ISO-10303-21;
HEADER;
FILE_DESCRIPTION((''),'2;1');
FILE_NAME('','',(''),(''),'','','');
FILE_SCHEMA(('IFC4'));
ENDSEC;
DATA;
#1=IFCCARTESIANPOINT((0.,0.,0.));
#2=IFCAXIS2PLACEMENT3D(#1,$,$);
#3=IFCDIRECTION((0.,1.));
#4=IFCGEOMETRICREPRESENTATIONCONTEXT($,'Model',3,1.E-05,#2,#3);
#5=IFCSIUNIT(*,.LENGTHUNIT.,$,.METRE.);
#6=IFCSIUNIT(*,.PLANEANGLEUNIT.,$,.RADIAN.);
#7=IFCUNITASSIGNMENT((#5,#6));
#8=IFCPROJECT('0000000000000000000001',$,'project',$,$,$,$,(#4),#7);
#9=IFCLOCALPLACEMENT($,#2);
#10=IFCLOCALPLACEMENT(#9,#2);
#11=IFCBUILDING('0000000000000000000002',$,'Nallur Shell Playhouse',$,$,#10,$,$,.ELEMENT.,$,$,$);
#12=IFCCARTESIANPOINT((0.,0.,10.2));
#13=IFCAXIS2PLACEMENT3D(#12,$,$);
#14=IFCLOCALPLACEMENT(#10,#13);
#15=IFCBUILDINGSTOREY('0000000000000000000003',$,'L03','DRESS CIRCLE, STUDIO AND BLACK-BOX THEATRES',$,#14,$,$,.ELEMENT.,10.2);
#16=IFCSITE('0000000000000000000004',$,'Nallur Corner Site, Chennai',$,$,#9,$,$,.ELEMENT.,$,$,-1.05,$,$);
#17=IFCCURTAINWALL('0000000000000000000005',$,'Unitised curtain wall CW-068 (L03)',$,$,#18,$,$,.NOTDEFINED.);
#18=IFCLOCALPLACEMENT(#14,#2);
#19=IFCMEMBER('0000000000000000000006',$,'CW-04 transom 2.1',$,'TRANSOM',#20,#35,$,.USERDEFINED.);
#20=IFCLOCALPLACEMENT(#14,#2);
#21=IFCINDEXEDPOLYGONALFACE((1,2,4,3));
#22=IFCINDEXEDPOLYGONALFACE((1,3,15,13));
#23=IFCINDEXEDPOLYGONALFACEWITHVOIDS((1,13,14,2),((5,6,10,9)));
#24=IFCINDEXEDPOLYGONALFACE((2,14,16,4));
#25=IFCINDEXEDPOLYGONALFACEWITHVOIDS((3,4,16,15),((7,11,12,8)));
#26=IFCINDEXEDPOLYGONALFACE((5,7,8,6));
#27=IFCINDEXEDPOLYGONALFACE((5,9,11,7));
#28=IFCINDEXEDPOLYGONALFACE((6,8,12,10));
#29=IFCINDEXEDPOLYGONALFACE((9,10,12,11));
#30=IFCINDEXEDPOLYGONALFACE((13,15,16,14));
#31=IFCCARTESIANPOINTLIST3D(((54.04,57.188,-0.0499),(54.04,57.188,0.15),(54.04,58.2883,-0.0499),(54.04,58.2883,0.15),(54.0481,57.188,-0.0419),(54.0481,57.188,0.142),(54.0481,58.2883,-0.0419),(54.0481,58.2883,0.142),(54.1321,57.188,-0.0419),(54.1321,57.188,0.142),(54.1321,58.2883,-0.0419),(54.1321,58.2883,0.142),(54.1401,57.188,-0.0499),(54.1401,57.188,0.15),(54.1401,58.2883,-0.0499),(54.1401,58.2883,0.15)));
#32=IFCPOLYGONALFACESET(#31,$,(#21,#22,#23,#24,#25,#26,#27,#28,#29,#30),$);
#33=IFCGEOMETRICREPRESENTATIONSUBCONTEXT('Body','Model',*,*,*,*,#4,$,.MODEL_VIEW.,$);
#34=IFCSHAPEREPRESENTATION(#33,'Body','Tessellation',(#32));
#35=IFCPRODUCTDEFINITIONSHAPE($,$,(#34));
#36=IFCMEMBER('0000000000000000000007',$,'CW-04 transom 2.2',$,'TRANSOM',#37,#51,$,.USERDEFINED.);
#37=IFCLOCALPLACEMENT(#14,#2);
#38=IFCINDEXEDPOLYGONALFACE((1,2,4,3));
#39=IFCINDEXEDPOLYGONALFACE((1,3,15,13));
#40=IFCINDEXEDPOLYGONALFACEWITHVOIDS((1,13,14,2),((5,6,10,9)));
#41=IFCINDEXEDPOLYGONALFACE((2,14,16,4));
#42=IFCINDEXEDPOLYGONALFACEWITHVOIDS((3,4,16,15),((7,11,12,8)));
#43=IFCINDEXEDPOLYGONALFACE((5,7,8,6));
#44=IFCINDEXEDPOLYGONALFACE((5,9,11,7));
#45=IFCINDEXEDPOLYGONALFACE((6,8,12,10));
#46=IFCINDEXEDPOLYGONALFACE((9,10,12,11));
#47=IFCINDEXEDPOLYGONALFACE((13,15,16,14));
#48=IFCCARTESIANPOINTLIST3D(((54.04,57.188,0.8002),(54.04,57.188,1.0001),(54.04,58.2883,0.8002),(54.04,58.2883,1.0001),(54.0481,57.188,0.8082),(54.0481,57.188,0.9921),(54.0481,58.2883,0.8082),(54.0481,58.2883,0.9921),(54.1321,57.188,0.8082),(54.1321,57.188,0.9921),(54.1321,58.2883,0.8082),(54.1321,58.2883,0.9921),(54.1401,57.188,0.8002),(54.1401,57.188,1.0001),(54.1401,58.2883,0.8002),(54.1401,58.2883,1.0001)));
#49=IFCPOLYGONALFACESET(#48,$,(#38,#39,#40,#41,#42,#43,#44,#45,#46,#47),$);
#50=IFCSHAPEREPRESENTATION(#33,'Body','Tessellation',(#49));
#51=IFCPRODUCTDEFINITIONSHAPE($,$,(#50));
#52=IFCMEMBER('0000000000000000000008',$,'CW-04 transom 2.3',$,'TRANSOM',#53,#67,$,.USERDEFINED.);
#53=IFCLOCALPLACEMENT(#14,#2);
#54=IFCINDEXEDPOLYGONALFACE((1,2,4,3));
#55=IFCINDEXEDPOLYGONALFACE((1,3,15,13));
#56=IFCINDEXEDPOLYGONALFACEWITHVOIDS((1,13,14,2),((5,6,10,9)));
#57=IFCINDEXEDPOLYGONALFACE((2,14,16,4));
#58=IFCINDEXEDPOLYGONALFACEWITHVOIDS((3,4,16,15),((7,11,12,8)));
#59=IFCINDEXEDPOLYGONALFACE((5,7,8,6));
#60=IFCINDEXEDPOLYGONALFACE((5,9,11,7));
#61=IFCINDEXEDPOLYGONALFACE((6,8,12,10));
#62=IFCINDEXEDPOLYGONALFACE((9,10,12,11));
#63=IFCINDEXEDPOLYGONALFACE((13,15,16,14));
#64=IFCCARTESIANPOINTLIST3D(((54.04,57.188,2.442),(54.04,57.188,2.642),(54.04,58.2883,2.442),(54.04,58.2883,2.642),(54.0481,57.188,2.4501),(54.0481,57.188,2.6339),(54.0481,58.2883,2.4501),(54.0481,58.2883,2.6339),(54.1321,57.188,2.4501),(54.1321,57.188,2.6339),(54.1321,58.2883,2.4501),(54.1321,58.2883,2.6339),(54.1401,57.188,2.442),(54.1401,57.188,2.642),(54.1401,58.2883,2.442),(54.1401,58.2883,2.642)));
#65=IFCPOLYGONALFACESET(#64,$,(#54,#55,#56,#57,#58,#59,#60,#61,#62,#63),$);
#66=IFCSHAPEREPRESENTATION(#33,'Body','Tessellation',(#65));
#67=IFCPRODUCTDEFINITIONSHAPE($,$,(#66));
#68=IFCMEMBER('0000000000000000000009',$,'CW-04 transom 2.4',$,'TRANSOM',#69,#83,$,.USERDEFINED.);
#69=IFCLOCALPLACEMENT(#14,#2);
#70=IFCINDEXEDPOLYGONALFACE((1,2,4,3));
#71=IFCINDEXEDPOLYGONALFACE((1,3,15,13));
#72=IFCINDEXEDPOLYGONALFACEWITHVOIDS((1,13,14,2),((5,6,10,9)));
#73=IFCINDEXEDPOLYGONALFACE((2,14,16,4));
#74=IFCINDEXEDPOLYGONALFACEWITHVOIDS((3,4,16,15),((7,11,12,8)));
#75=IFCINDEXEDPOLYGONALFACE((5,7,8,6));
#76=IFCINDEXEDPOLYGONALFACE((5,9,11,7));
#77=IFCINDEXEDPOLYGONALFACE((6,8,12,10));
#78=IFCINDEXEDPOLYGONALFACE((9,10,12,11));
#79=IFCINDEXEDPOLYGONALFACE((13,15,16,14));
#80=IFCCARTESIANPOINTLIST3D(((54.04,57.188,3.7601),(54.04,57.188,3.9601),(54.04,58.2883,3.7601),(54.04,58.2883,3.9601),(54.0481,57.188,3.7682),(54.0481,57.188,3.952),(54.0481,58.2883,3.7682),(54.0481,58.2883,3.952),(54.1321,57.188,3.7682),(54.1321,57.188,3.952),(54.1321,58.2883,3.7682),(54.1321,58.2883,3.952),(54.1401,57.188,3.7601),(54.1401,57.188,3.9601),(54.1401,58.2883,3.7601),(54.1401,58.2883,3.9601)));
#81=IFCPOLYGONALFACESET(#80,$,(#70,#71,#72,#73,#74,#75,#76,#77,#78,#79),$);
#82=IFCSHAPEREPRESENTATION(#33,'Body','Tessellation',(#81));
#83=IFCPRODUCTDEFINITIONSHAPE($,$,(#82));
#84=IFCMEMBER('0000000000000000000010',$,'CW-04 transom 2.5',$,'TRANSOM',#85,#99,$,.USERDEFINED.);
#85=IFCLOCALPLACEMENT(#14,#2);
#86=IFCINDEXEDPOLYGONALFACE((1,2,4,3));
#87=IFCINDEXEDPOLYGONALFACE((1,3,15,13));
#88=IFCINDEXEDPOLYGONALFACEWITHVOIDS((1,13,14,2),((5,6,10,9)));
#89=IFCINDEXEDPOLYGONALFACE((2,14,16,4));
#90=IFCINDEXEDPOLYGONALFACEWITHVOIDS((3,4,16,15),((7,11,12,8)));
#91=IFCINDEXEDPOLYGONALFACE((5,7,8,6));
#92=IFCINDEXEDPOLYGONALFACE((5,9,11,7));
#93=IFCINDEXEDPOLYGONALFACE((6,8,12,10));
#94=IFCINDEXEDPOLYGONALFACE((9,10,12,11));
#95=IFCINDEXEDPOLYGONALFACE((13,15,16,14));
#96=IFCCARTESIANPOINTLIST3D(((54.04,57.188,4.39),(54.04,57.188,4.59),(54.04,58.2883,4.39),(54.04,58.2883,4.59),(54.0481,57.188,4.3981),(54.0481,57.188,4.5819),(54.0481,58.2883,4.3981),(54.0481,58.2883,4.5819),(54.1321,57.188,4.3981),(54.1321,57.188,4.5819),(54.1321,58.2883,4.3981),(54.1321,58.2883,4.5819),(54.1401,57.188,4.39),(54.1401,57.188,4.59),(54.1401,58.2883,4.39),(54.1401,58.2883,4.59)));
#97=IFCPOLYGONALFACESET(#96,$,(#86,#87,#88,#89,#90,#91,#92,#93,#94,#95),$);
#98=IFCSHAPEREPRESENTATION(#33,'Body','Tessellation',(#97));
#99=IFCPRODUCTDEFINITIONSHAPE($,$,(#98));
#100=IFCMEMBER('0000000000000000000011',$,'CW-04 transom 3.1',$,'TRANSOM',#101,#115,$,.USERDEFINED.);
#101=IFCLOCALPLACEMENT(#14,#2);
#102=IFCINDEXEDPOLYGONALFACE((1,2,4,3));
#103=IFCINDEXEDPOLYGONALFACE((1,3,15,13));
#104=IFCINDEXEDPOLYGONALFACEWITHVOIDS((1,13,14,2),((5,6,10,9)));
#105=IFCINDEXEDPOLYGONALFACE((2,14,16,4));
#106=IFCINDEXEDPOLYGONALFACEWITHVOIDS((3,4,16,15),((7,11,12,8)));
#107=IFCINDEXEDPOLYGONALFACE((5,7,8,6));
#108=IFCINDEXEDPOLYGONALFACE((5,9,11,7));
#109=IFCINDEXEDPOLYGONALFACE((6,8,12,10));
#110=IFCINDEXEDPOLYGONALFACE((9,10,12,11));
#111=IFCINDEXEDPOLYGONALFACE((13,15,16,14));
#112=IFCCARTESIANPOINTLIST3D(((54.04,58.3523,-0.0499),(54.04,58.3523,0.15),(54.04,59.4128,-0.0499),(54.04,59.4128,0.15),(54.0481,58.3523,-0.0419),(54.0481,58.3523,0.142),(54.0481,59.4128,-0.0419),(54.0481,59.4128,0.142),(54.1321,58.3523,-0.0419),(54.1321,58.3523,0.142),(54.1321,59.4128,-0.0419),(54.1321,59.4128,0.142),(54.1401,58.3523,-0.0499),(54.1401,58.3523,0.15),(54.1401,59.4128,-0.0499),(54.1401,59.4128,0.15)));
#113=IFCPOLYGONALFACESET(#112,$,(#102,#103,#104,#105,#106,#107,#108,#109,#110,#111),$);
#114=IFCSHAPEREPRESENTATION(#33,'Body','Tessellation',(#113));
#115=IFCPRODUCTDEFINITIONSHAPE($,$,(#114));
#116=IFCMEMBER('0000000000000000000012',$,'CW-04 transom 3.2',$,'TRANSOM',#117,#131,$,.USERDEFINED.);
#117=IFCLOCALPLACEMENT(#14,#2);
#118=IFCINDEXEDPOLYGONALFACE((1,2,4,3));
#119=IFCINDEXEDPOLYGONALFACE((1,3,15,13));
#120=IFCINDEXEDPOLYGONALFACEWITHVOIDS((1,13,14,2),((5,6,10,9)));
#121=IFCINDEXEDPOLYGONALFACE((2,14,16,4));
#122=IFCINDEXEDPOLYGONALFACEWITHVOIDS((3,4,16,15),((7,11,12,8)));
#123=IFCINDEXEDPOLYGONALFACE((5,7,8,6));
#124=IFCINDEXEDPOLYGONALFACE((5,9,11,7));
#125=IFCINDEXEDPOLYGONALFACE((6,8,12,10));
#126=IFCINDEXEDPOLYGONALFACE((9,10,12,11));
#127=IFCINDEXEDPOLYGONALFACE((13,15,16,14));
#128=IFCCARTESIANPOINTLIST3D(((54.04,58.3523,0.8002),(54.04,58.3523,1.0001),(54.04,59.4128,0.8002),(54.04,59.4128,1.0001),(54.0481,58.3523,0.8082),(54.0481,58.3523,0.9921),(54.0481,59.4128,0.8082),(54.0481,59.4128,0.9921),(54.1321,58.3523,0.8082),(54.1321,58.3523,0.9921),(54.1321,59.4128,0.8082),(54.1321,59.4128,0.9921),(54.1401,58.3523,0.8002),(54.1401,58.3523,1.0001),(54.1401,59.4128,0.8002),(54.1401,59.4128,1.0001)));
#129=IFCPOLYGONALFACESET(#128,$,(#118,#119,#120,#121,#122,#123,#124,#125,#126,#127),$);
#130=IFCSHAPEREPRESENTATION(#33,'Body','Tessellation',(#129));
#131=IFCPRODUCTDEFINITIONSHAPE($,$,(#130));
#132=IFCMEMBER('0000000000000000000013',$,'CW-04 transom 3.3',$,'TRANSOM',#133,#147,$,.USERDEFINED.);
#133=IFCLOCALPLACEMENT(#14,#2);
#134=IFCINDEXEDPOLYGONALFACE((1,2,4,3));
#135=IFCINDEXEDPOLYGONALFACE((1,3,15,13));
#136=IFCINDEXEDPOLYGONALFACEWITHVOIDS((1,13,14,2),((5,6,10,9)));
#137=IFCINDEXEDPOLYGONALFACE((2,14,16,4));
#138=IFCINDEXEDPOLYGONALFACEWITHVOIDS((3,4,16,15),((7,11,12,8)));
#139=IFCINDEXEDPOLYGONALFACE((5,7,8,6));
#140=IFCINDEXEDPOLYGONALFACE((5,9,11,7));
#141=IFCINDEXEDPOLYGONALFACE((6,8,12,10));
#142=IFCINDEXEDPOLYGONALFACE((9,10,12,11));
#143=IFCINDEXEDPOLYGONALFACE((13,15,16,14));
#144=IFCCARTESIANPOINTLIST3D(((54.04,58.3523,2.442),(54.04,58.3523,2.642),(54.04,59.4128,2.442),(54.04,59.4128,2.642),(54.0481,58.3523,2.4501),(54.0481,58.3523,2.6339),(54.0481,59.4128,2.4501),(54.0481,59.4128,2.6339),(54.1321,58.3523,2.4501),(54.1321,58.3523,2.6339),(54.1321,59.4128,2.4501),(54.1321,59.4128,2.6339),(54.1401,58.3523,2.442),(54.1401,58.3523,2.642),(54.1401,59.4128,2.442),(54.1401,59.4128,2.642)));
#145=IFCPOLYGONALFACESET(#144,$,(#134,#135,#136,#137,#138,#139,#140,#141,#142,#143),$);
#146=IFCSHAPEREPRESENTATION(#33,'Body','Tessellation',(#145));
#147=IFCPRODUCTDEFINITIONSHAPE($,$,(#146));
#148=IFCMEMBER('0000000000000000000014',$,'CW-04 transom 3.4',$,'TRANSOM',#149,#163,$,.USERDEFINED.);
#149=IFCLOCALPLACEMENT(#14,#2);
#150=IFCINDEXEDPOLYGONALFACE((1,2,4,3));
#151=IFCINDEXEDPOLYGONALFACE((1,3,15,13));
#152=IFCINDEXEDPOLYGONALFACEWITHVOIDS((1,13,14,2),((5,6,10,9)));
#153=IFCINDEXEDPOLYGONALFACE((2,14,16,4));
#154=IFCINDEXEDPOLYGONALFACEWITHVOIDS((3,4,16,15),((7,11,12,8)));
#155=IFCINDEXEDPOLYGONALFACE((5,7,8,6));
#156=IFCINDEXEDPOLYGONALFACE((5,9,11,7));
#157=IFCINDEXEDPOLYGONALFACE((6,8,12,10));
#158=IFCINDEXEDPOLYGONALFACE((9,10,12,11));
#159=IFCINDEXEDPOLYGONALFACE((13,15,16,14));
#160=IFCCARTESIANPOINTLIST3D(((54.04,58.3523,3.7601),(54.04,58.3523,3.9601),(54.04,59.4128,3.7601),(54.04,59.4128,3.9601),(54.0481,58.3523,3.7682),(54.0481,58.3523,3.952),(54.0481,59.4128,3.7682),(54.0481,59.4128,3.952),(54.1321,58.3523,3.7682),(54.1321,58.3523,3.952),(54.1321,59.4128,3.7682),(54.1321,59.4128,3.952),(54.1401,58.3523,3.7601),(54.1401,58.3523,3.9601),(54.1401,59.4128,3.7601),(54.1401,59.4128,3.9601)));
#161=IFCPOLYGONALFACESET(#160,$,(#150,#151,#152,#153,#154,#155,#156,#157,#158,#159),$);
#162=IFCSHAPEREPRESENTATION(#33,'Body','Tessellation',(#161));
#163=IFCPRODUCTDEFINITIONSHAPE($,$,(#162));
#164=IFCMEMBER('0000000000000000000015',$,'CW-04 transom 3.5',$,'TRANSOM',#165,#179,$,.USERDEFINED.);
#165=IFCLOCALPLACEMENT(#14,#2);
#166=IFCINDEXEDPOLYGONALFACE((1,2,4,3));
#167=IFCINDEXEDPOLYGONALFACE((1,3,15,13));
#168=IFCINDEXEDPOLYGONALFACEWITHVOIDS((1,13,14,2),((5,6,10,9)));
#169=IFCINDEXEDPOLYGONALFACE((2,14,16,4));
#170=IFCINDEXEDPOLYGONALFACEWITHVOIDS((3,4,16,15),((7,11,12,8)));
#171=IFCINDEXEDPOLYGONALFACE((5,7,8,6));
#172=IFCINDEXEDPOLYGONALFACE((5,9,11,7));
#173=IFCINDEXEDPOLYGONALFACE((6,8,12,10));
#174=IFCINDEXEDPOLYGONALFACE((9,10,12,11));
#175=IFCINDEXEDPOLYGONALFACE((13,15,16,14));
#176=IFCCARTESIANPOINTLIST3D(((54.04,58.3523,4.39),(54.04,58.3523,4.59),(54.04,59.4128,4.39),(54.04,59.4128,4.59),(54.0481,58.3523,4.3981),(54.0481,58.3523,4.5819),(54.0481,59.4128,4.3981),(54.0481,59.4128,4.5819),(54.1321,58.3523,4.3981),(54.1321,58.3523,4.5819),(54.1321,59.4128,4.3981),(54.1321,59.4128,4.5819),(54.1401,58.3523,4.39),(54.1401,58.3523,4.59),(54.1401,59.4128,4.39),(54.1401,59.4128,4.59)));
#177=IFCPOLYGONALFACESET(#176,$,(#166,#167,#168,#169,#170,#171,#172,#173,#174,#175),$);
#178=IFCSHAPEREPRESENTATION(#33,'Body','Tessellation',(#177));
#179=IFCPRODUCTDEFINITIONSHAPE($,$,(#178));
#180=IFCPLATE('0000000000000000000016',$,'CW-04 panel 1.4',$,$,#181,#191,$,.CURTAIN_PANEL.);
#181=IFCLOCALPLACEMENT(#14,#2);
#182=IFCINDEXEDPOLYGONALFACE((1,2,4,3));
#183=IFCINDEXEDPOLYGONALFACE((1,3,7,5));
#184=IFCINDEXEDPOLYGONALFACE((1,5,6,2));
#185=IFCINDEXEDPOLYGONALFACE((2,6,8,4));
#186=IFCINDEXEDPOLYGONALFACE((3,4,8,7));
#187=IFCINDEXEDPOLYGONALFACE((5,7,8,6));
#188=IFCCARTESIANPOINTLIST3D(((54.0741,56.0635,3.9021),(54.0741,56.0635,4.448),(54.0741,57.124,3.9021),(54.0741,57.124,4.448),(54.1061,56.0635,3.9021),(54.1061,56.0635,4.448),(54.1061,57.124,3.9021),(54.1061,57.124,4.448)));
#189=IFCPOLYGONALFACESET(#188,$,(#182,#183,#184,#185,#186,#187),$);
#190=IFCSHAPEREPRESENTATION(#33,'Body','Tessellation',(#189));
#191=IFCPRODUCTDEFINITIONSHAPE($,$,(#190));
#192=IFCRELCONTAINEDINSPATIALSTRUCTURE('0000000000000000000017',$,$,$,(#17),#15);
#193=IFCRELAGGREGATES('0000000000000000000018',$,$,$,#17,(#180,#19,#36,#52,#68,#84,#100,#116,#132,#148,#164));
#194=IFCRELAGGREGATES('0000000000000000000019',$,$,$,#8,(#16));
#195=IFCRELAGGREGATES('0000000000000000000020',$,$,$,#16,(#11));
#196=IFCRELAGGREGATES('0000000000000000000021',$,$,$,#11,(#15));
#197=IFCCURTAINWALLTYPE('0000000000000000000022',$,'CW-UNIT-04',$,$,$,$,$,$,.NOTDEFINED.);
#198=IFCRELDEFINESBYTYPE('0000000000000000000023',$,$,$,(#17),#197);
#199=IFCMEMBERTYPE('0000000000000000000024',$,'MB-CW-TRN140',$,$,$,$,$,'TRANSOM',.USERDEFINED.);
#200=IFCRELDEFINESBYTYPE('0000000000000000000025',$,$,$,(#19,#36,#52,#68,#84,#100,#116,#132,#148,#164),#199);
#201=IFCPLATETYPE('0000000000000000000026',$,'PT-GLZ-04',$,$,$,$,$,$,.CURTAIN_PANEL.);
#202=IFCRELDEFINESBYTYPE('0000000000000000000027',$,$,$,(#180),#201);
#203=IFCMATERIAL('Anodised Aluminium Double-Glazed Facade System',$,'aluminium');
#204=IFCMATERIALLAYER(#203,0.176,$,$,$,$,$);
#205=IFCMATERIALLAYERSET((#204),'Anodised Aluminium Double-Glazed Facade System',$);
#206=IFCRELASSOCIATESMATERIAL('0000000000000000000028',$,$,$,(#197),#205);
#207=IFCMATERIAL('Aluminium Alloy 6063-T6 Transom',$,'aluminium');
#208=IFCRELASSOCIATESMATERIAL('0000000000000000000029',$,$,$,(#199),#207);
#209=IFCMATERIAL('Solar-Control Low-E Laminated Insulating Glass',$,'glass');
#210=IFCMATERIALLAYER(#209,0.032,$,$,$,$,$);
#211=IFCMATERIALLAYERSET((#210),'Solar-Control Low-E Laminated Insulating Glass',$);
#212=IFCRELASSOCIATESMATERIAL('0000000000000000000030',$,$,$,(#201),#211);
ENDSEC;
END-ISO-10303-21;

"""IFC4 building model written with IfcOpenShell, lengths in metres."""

from ifc_helpers import new_model, si_unit, direction, frame, origin, origin_2d, place, context, subcontext, project, spatial, rectangle, hollow_rectangle, extrude, material, layer, layer_set, material_profile, profile_set, type_object, element, aggregate, save


model = new_model("IFC4")

# Units and contexts
model_context = context("Model", 3, precision=1e-05, world=origin(), true_north=direction((0.0, 1.0)))
body_context = subcontext(model_context, "Body", "Model", "MODEL_VIEW")
ifc_project = project(units=[si_unit("LENGTHUNIT", "METRE"), si_unit("PLANEANGLEUNIT", "RADIAN")], contexts=[model_context])

# Site, building, storey
site_placement = place(None, origin())
site = spatial("IfcSite", under=ifc_project, at=site_placement, Name="Nallur Corner Site, Chennai", CompositionType="ELEMENT", RefElevation=-1.05)
building_placement = place(site_placement, origin())
building = spatial("IfcBuilding", under=site, at=building_placement, Name="Nallur Shell Playhouse", CompositionType="ELEMENT")
storey_placement = place(building_placement, frame((0.0, 0.0, 10.2)))
storey = spatial("IfcBuildingStorey", under=building, at=storey_placement, Name="L03", Description="DRESS CIRCLE, STUDIO AND BLACK-BOX THEATRES", CompositionType="ELEMENT", Elevation=10.2)

# Curtain wall
ifc_material_1 = material(Name="Anodised Aluminium Double-Glazed Facade System", Category="aluminium")
ifc_layer_1 = layer(ifc_material_1, 0.176)
ifc_layer_set_1 = layer_set([ifc_layer_1], Name="Anodised Aluminium Double-Glazed Facade System")
curtain_wall_type_1 = type_object("IfcCurtainWallType", Name="CW-UNIT-04", PredefinedType="NOTDEFINED", material=ifc_layer_set_1)
curtain_wall_1_placement = place(storey_placement, origin())
curtain_wall_1 = element("IfcCurtainWall", 1, at=curtain_wall_1_placement, inside=storey, type_object=curtain_wall_type_1, Name="Unitised curtain wall CW-068 (L03)", PredefinedType="NOTDEFINED")
ifc_material_2 = material(Name="Aluminium Alloy 6063-T6 Transom", Category="aluminium")

# Members
ifc_material_profile_1 = material_profile(ifc_material_2, hollow_rectangle(XDim=0.1001, YDim=0.2, WallThickness=0.0081, at=origin_2d()), Name="RHS 200x100x8")
ifc_profile_set_1 = profile_set([ifc_material_profile_1], Name="Aluminium Alloy 6063-T6 Transom")
member_type_1 = type_object("IfcMemberType", Name="MB-CW-TRN140", ElementType="TRANSOM", PredefinedType="USERDEFINED", material=ifc_profile_set_1)
member_1_placement = place(storey_placement, frame((54.0901, 57.188, 0.05), z_axis=(0.0, 1.0, 0.0), x_axis=(-1.0, 0.0, 0.0)))
member_1 = element("IfcMember", 2, at=member_1_placement, type_object=member_type_1, Name="CW-04 transom 2.1", ObjectType="TRANSOM", PredefinedType="USERDEFINED", context=body_context, shape_type="SweptSolid", body=[
    extrude(hollow_rectangle(XDim=0.1001, YDim=0.2, WallThickness=0.0081, at=origin_2d()), origin(), (0.0, 0.0, 1.0), 1.1003),
])
member_2_placement = place(storey_placement, frame((54.0901, 57.188, 0.9001), z_axis=(0.0, 1.0, 0.0), x_axis=(-1.0, 0.0, 0.0)))
member_2 = element("IfcMember", 3, at=member_2_placement, type_object=member_type_1, Name="CW-04 transom 2.2", ObjectType="TRANSOM", PredefinedType="USERDEFINED", context=body_context, shape_type="SweptSolid", body=[
    extrude(hollow_rectangle(XDim=0.1001, YDim=0.2, WallThickness=0.0081, at=origin_2d()), origin(), (0.0, 0.0, 1.0), 1.1003),
])
member_3_placement = place(storey_placement, frame((54.0901, 57.188, 2.542), z_axis=(0.0, 1.0, 0.0), x_axis=(-1.0, 0.0, 0.0)))
member_3 = element("IfcMember", 4, at=member_3_placement, type_object=member_type_1, Name="CW-04 transom 2.3", ObjectType="TRANSOM", PredefinedType="USERDEFINED", context=body_context, shape_type="SweptSolid", body=[
    extrude(hollow_rectangle(XDim=0.1001, YDim=0.2, WallThickness=0.0081, at=origin_2d()), origin(), (0.0, 0.0, 1.0), 1.1003),
])
member_4_placement = place(storey_placement, frame((54.0901, 57.188, 3.8601), z_axis=(0.0, 1.0, 0.0), x_axis=(-1.0, 0.0, 0.0)))
member_4 = element("IfcMember", 5, at=member_4_placement, type_object=member_type_1, Name="CW-04 transom 2.4", ObjectType="TRANSOM", PredefinedType="USERDEFINED", context=body_context, shape_type="SweptSolid", body=[
    extrude(hollow_rectangle(XDim=0.1001, YDim=0.2, WallThickness=0.0081, at=origin_2d()), origin(), (0.0, 0.0, 1.0), 1.1003),
])
member_5_placement = place(storey_placement, frame((54.0901, 57.188, 4.49), z_axis=(0.0, 1.0, 0.0), x_axis=(-1.0, 0.0, 0.0)))
member_5 = element("IfcMember", 6, at=member_5_placement, type_object=member_type_1, Name="CW-04 transom 2.5", ObjectType="TRANSOM", PredefinedType="USERDEFINED", context=body_context, shape_type="SweptSolid", body=[
    extrude(hollow_rectangle(XDim=0.1001, YDim=0.2, WallThickness=0.0081, at=origin_2d()), origin(), (0.0, 0.0, 1.0), 1.1003),
])
member_6_placement = place(storey_placement, frame((54.0901, 58.3523, 0.05), z_axis=(0.0, 1.0, 0.0), x_axis=(-1.0, 0.0, 0.0)))
member_6 = element("IfcMember", 7, at=member_6_placement, type_object=member_type_1, Name="CW-04 transom 3.1", ObjectType="TRANSOM", PredefinedType="USERDEFINED", context=body_context, shape_type="SweptSolid", body=[
    extrude(hollow_rectangle(XDim=0.1001, YDim=0.2, WallThickness=0.0081, at=origin_2d()), origin(), (0.0, 0.0, 1.0), 1.0605),
])
member_7_placement = place(storey_placement, frame((54.0901, 58.3523, 0.9001), z_axis=(0.0, 1.0, 0.0), x_axis=(-1.0, 0.0, 0.0)))
member_7 = element("IfcMember", 8, at=member_7_placement, type_object=member_type_1, Name="CW-04 transom 3.2", ObjectType="TRANSOM", PredefinedType="USERDEFINED", context=body_context, shape_type="SweptSolid", body=[
    extrude(hollow_rectangle(XDim=0.1001, YDim=0.2, WallThickness=0.0081, at=origin_2d()), origin(), (0.0, 0.0, 1.0), 1.0605),
])
member_8_placement = place(storey_placement, frame((54.0901, 58.3523, 2.542), z_axis=(0.0, 1.0, 0.0), x_axis=(-1.0, 0.0, 0.0)))
member_8 = element("IfcMember", 9, at=member_8_placement, type_object=member_type_1, Name="CW-04 transom 3.3", ObjectType="TRANSOM", PredefinedType="USERDEFINED", context=body_context, shape_type="SweptSolid", body=[
    extrude(hollow_rectangle(XDim=0.1001, YDim=0.2, WallThickness=0.0081, at=origin_2d()), origin(), (0.0, 0.0, 1.0), 1.0605),
])
member_9_placement = place(storey_placement, frame((54.0901, 58.3523, 3.8601), z_axis=(0.0, 1.0, 0.0), x_axis=(-1.0, 0.0, 0.0)))
member_9 = element("IfcMember", 10, at=member_9_placement, type_object=member_type_1, Name="CW-04 transom 3.4", ObjectType="TRANSOM", PredefinedType="USERDEFINED", context=body_context, shape_type="SweptSolid", body=[
    extrude(hollow_rectangle(XDim=0.1001, YDim=0.2, WallThickness=0.0081, at=origin_2d()), origin(), (0.0, 0.0, 1.0), 1.0605),
])
member_10_placement = place(storey_placement, frame((54.0901, 58.3523, 4.49), z_axis=(0.0, 1.0, 0.0), x_axis=(-1.0, 0.0, 0.0)))
member_10 = element("IfcMember", 11, at=member_10_placement, type_object=member_type_1, Name="CW-04 transom 3.5", ObjectType="TRANSOM", PredefinedType="USERDEFINED", context=body_context, shape_type="SweptSolid", body=[
    extrude(hollow_rectangle(XDim=0.1001, YDim=0.2, WallThickness=0.0081, at=origin_2d()), origin(), (0.0, 0.0, 1.0), 1.0605),
])

# Plate
ifc_material_3 = material(Name="Solar-Control Low-E Laminated Insulating Glass", Category="glass")
ifc_layer_2 = layer(ifc_material_3, 0.032)
ifc_layer_set_2 = layer_set([ifc_layer_2], Name="Solar-Control Low-E Laminated Insulating Glass")
plate_type_1 = type_object("IfcPlateType", Name="PT-GLZ-04", PredefinedType="CURTAIN_PANEL", material=ifc_layer_set_2)
plate_1_placement = place(storey_placement, frame((54.0901, 56.5938, 3.9021), z_axis=(0.0, 0.0, 1.0), x_axis=(0.0, 1.0, 0.0)))
plate_1 = element("IfcPlate", 12, at=plate_1_placement, type_object=plate_type_1, Name="CW-04 panel 1.4", PredefinedType="CURTAIN_PANEL", context=body_context, shape_type="SweptSolid", body=[
    extrude(rectangle(XDim=1.0605, YDim=0.032, at=origin_2d()), origin(), (0.0, 0.0, 1.0), 0.5459),
])
aggregate(curtain_wall_1, [plate_1, member_1, member_2, member_3, member_4, member_5, member_6, member_7, member_8, member_9, member_10])

save(model, "model.ifc")
